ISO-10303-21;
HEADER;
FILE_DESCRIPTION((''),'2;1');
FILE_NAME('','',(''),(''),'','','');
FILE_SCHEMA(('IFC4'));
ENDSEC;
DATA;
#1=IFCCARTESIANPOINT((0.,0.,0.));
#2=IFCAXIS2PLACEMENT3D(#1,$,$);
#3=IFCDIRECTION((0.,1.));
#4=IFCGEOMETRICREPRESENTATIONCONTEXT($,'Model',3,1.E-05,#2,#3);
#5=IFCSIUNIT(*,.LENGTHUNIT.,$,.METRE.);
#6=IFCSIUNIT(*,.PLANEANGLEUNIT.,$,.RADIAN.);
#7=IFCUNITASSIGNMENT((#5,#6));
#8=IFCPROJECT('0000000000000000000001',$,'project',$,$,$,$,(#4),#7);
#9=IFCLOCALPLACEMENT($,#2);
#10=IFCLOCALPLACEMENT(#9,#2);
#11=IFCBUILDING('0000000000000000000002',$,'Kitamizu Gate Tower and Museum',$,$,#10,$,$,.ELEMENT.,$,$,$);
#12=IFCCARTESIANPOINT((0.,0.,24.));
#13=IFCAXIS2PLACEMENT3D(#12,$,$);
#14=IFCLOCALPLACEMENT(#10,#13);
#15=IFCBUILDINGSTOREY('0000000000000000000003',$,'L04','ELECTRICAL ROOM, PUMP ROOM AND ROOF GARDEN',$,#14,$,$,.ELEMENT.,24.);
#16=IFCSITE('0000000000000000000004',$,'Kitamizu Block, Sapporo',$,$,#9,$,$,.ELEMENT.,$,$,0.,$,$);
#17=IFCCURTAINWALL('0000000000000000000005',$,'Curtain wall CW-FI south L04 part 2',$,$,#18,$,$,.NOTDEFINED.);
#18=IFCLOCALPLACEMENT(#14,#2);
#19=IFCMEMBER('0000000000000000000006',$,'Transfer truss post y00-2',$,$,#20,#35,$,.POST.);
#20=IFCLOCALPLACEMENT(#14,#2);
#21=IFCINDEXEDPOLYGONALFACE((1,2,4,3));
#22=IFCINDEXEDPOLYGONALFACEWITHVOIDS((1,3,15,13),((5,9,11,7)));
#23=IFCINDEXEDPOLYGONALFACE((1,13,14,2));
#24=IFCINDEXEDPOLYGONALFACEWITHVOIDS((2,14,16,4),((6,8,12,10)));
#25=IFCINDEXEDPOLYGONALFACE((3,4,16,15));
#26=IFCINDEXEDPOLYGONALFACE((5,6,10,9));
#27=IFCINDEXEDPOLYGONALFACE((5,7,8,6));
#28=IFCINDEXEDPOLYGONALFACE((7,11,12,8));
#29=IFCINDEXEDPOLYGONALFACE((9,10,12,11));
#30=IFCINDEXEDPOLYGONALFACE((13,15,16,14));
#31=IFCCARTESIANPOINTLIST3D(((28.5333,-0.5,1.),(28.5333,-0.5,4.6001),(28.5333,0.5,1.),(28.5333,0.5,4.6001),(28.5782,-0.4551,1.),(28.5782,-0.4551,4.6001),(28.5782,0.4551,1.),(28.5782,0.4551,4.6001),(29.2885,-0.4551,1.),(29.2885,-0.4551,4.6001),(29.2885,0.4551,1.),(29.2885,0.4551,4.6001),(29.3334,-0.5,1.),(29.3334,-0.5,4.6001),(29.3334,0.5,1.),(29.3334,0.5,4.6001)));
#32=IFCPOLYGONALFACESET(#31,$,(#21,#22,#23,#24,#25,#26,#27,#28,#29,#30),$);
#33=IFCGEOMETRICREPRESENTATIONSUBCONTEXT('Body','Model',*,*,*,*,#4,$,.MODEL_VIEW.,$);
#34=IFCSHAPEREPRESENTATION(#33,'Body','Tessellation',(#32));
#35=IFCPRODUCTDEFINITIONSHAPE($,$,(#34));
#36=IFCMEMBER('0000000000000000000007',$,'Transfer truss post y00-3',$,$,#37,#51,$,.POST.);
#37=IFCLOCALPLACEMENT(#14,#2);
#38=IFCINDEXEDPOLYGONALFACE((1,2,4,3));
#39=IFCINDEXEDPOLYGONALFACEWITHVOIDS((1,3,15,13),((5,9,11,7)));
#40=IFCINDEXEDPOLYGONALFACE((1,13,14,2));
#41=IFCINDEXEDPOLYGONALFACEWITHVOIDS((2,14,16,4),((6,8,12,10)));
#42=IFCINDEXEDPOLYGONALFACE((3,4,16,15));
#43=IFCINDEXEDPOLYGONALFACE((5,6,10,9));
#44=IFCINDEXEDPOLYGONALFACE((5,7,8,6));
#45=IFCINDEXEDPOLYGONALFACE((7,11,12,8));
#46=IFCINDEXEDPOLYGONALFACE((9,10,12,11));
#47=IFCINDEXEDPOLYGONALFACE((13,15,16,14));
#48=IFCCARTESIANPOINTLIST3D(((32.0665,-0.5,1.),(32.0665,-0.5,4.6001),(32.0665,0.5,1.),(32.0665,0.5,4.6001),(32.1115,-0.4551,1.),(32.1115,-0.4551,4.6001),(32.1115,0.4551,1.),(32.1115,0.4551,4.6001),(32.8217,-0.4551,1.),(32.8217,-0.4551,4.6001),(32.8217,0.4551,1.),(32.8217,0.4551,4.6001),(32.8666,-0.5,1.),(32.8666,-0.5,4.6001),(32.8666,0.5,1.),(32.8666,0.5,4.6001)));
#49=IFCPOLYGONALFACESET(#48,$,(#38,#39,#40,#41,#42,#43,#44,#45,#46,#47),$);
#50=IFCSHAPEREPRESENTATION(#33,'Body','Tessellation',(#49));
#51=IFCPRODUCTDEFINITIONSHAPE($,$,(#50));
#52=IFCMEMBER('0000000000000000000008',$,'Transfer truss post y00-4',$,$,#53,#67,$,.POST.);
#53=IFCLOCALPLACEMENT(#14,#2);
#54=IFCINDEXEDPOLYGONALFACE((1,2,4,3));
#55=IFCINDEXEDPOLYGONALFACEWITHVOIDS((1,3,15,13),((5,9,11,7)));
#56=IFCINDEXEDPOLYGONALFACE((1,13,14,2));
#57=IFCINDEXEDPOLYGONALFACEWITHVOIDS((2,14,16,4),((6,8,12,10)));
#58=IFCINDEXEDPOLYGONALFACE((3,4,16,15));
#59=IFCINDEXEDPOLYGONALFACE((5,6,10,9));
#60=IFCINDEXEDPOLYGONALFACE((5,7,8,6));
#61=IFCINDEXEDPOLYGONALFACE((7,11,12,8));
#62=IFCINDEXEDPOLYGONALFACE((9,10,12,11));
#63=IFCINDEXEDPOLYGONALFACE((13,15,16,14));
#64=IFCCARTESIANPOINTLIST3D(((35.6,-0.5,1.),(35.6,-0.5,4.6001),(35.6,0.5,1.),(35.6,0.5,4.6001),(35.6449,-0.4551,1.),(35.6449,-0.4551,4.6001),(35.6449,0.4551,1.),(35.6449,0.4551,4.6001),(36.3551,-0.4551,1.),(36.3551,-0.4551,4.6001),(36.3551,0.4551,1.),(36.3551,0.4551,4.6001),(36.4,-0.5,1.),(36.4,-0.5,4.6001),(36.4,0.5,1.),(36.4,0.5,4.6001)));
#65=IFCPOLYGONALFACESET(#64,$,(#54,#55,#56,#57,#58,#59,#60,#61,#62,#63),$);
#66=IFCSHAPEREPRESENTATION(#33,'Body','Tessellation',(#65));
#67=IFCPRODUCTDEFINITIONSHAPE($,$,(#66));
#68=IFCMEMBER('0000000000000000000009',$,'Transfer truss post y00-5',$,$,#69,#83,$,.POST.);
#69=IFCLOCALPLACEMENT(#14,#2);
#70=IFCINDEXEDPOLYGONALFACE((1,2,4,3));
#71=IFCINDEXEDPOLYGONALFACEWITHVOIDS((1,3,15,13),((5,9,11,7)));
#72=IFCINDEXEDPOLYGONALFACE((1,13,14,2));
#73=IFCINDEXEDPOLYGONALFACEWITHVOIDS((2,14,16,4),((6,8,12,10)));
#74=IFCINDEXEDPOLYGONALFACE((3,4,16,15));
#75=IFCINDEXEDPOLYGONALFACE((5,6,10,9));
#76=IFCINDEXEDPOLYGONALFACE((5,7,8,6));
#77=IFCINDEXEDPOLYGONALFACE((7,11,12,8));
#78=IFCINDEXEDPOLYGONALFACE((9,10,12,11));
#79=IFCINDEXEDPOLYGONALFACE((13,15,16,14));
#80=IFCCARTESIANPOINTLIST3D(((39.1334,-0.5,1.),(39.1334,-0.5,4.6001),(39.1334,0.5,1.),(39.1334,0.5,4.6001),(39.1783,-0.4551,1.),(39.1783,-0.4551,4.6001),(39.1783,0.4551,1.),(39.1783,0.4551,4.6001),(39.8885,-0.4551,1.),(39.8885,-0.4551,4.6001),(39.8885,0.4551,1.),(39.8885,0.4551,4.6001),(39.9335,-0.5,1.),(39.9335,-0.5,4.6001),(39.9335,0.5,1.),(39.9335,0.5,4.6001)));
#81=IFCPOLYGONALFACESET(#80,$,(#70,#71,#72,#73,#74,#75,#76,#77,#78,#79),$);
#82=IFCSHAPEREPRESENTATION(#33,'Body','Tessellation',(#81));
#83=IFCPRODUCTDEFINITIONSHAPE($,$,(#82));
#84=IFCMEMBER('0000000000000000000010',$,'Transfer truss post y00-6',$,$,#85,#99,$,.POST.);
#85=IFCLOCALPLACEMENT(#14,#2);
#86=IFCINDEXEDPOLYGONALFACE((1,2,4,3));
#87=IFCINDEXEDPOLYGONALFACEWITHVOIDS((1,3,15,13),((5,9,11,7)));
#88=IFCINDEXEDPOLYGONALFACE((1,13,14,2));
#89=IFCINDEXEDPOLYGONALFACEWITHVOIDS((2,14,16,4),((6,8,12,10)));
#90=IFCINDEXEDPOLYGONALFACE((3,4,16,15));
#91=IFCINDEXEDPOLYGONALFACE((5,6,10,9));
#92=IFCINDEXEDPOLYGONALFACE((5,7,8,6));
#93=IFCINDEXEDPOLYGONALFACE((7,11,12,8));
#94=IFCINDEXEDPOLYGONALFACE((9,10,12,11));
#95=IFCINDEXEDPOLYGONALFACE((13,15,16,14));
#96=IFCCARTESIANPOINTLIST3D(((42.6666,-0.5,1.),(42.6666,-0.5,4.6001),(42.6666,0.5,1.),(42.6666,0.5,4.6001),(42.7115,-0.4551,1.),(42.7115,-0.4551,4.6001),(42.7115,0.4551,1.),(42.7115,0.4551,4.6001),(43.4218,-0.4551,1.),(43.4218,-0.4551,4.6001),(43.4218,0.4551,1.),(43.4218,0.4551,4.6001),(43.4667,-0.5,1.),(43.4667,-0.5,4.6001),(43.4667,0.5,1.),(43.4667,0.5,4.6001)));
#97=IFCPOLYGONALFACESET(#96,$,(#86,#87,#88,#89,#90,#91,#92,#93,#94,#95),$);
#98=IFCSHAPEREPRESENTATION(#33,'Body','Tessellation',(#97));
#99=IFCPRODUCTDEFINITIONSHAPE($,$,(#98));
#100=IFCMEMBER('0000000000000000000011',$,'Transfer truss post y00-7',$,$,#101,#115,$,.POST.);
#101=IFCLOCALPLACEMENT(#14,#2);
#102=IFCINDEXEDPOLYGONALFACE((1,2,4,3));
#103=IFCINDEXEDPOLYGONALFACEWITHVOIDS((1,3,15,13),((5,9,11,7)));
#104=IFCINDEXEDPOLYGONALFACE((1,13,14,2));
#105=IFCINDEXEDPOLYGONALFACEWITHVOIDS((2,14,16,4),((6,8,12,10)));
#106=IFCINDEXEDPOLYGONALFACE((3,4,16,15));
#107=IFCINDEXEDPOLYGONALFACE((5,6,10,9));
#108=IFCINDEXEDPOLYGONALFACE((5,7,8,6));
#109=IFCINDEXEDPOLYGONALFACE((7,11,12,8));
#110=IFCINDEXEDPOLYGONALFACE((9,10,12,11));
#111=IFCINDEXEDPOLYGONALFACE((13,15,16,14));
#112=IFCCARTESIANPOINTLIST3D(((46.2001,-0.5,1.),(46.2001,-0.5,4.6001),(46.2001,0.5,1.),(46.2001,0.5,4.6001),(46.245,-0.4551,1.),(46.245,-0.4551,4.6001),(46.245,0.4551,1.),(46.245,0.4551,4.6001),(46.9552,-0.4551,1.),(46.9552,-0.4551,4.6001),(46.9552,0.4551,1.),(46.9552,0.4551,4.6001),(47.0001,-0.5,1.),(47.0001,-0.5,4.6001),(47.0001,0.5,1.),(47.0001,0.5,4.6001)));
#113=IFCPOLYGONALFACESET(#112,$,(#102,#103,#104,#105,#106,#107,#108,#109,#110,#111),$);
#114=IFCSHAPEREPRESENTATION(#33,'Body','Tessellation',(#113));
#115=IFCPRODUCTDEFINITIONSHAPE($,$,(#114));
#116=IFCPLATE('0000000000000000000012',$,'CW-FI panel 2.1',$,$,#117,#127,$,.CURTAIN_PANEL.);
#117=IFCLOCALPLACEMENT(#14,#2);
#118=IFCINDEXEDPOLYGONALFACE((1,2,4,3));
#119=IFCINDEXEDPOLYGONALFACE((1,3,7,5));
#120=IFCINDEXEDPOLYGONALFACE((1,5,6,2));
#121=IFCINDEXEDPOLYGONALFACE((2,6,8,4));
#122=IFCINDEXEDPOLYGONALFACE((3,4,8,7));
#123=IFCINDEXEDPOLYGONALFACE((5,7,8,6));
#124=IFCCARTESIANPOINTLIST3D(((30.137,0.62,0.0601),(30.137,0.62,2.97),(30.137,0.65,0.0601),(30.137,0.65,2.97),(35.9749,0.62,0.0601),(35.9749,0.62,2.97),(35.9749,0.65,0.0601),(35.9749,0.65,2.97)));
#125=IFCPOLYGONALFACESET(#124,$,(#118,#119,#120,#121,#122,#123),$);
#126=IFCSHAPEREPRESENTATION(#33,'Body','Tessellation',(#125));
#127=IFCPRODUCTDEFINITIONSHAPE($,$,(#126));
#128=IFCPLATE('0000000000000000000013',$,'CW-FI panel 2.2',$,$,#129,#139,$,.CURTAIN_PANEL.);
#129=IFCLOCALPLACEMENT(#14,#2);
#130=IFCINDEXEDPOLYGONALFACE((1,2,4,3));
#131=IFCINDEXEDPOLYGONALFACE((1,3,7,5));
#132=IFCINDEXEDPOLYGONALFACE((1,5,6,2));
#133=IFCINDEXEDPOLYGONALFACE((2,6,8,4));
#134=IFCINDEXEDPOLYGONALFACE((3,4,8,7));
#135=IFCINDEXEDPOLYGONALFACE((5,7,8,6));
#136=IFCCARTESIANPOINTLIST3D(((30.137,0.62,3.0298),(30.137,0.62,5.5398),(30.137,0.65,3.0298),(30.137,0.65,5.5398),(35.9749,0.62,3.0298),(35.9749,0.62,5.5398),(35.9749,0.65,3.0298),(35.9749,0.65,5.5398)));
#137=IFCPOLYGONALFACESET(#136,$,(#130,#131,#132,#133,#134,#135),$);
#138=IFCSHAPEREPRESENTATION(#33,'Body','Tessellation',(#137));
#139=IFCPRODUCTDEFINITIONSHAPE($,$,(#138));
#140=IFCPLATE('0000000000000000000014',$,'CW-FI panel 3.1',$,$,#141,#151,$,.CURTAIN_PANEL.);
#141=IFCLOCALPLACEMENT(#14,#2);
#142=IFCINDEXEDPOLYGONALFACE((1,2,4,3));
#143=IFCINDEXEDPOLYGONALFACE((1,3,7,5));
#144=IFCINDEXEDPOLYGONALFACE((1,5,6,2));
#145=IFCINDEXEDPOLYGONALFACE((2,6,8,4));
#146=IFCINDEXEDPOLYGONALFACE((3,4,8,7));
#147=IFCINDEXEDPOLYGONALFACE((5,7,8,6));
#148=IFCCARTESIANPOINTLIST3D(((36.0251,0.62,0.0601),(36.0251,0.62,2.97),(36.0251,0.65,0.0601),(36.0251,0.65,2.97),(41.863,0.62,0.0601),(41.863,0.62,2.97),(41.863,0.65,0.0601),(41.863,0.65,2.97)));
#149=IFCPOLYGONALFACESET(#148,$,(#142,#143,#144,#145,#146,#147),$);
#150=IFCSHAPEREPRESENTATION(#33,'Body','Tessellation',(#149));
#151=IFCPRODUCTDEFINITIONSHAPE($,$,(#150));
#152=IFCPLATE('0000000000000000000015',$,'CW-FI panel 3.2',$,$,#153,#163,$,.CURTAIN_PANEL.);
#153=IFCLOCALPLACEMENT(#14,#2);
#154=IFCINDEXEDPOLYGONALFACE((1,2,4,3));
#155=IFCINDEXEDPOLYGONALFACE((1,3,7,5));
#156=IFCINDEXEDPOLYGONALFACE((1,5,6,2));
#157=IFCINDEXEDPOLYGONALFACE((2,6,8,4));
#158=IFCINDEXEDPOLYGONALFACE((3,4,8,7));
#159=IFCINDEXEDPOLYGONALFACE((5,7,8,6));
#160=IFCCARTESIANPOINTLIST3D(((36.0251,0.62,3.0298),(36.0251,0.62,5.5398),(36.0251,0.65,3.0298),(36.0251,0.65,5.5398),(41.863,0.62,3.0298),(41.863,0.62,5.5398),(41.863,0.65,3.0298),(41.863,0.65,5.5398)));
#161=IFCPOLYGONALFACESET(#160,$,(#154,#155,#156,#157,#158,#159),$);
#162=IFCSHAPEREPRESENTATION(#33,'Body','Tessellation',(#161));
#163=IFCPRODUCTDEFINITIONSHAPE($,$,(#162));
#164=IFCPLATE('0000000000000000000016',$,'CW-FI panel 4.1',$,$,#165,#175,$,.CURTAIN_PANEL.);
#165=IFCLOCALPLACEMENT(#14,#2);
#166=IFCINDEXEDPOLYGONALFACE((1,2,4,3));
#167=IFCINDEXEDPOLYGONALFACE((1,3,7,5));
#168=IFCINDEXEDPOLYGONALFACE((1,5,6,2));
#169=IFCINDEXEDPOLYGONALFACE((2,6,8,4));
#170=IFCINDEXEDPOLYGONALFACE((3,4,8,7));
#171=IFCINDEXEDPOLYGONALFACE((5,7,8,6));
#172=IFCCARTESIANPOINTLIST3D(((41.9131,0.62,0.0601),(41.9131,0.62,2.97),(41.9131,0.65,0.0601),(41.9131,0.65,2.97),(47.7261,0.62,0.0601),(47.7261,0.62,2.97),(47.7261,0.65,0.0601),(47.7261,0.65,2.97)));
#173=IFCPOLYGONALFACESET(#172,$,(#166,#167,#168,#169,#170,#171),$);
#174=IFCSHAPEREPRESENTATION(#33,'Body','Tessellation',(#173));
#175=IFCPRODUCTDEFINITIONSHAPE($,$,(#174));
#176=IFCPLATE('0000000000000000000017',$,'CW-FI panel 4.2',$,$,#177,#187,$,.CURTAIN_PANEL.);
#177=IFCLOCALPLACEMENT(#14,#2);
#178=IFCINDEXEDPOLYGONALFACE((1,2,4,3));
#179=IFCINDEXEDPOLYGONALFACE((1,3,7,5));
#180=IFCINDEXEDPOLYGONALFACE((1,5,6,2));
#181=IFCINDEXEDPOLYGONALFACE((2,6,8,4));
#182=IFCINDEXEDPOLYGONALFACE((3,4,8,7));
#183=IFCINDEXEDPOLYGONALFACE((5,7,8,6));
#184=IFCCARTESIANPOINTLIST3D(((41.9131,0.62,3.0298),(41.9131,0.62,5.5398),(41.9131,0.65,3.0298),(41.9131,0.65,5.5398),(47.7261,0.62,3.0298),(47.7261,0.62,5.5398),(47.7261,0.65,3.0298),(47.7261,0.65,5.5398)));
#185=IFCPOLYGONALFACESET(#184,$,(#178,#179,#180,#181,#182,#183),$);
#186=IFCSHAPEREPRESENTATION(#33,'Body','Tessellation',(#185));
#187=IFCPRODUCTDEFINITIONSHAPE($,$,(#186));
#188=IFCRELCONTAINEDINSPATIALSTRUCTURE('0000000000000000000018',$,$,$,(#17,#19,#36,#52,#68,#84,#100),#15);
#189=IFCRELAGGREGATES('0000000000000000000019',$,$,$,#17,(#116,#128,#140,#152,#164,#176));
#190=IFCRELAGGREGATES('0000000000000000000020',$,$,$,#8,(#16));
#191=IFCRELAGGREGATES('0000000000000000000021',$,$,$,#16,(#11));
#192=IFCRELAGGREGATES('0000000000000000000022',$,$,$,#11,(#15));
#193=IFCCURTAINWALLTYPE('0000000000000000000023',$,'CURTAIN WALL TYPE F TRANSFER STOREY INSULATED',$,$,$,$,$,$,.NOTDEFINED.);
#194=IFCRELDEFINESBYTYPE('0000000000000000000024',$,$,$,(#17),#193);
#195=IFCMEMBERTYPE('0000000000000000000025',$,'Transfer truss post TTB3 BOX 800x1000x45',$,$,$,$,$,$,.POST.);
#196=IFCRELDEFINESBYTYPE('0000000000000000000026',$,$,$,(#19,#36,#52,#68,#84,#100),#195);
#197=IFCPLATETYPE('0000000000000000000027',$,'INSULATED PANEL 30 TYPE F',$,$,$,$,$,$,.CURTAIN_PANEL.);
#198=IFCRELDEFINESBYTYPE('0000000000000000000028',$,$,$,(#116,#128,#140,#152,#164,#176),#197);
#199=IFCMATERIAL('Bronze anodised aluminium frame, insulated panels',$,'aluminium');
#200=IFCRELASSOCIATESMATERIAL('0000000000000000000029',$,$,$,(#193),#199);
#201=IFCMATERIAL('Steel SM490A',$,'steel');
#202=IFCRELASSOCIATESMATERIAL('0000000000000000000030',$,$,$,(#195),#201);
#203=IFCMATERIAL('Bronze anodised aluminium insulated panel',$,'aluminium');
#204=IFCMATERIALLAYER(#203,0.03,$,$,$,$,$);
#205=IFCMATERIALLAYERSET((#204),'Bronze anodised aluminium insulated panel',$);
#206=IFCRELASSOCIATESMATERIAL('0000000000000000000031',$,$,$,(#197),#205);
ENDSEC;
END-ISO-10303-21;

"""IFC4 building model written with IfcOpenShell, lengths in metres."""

from ifc_helpers import new_model, si_unit, direction, frame, origin, origin_2d, place, context, subcontext, project, spatial, rectangle, hollow_rectangle, extrude, material, layer, layer_set, material_profile, profile_set, type_object, element, aggregate, save


model = new_model("IFC4")

# Units and contexts
model_context = context("Model", 3, precision=1e-05, world=origin(), true_north=direction((0.0, 1.0)))
body_context = subcontext(model_context, "Body", "Model", "MODEL_VIEW")
ifc_project = project(units=[si_unit("LENGTHUNIT", "METRE"), si_unit("PLANEANGLEUNIT", "RADIAN")], contexts=[model_context])

# Site, building, storey
site_placement = place(None, origin())
site = spatial("IfcSite", under=ifc_project, at=site_placement, Name="Kitamizu Block, Sapporo", CompositionType="ELEMENT", RefElevation=0.0)
building_placement = place(site_placement, origin())
building = spatial("IfcBuilding", under=site, at=building_placement, Name="Kitamizu Gate Tower and Museum", CompositionType="ELEMENT")
storey_placement = place(building_placement, frame((0.0, 0.0, 24.0)))
storey = spatial("IfcBuildingStorey", under=building, at=storey_placement, Name="L04", Description="ELECTRICAL ROOM, PUMP ROOM AND ROOF GARDEN", CompositionType="ELEMENT", Elevation=24.0)

# Curtain wall
ifc_material_1 = material(Name="Bronze anodised aluminium frame, insulated panels", Category="aluminium")
curtain_wall_type_1 = type_object("IfcCurtainWallType", Name="CURTAIN WALL TYPE F TRANSFER STOREY INSULATED", PredefinedType="NOTDEFINED", material=ifc_material_1)
curtain_wall_1_placement = place(storey_placement, origin())
curtain_wall_1 = element("IfcCurtainWall", 1, at=curtain_wall_1_placement, inside=storey, type_object=curtain_wall_type_1, Name="Curtain wall CW-FI south L04 part 2", PredefinedType="NOTDEFINED")

# Members
ifc_material_2 = material(Name="Steel SM490A", Category="steel")
ifc_material_profile_1 = material_profile(ifc_material_2, hollow_rectangle(XDim=0.8, YDim=1.0, WallThickness=0.0449, at=origin_2d()), Name="BOX 800x1000x45")
ifc_profile_set_1 = profile_set([ifc_material_profile_1], Name="Steel SM490A")
member_type_1 = type_object("IfcMemberType", Name="Transfer truss post TTB3 BOX 800x1000x45", PredefinedType="POST", material=ifc_profile_set_1)
for number, where, z_axis, x_axis, name in (
    (2, (28.9333, 0.0, 1.0), (0.0, 0.0, 1.0), (1.0, 0.0, 0.0), "Transfer truss post y00-2"),
    (3, (32.4666, 0.0, 1.0), (0.0, 0.0, 1.0), (1.0, 0.0, 0.0), "Transfer truss post y00-3"),
    (4, (36.0, 0.0, 1.0), (0.0, 0.0, 1.0), (1.0, 0.0, 0.0), "Transfer truss post y00-4"),
    (5, (39.5334, 0.0, 1.0), (0.0, 0.0, 1.0), (1.0, 0.0, 0.0), "Transfer truss post y00-5"),
    (6, (43.0667, 0.0, 1.0), (0.0, 0.0, 1.0), (1.0, 0.0, 0.0), "Transfer truss post y00-6"),
    (7, (46.6001, 0.0, 1.0), (0.0, 0.0, 1.0), (1.0, 0.0, 0.0), "Transfer truss post y00-7"),
):
    element("IfcMember", number, at=place(storey_placement, frame(where, z_axis=z_axis, x_axis=x_axis)), inside=storey, type_object=member_type_1, Name=name, PredefinedType="POST", context=body_context, shape_type="SweptSolid", body=[
        extrude(hollow_rectangle(XDim=0.8, YDim=1.0, WallThickness=0.0449, at=origin_2d()), origin(), (0.0, 0.0, 1.0), 3.6001),
    ])

# Plates
ifc_material_3 = material(Name="Bronze anodised aluminium insulated panel", Category="aluminium")
ifc_layer = layer(ifc_material_3, 0.03)
ifc_layer_set = layer_set([ifc_layer], Name="Bronze anodised aluminium insulated panel")
plate_type = type_object("IfcPlateType", Name="INSULATED PANEL 30 TYPE F", PredefinedType="CURTAIN_PANEL", material=ifc_layer_set)
plate_1_placement = place(storey_placement, frame((33.0559, 0.635, 0.0601), z_axis=(0.0, 0.0, 1.0), x_axis=(1.0, 0.0, 0.0)))
plate_1 = element("IfcPlate", 8, at=plate_1_placement, type_object=plate_type, Name="CW-FI panel 2.1", PredefinedType="CURTAIN_PANEL", context=body_context, shape_type="SweptSolid", body=[
    extrude(rectangle(XDim=5.8379, YDim=0.03, at=origin_2d()), origin(), (0.0, 0.0, 1.0), 2.9099),
])
plate_2_placement = place(storey_placement, frame((33.0559, 0.635, 3.0298), z_axis=(0.0, 0.0, 1.0), x_axis=(1.0, 0.0, 0.0)))
plate_2 = element("IfcPlate", 9, at=plate_2_placement, type_object=plate_type, Name="CW-FI panel 2.2", PredefinedType="CURTAIN_PANEL", context=body_context, shape_type="SweptSolid", body=[
    extrude(rectangle(XDim=5.8379, YDim=0.03, at=origin_2d()), origin(), (0.0, 0.0, 1.0), 2.51),
])
plate_3_placement = place(storey_placement, frame((38.9441, 0.635, 0.0601), z_axis=(0.0, 0.0, 1.0), x_axis=(1.0, 0.0, 0.0)))
plate_3 = element("IfcPlate", 10, at=plate_3_placement, type_object=plate_type, Name="CW-FI panel 3.1", PredefinedType="CURTAIN_PANEL", context=body_context, shape_type="SweptSolid", body=[
    extrude(rectangle(XDim=5.8379, YDim=0.03, at=origin_2d()), origin(), (0.0, 0.0, 1.0), 2.9099),
])
plate_4_placement = place(storey_placement, frame((38.9441, 0.635, 3.0298), z_axis=(0.0, 0.0, 1.0), x_axis=(1.0, 0.0, 0.0)))
plate_4 = element("IfcPlate", 11, at=plate_4_placement, type_object=plate_type, Name="CW-FI panel 3.2", PredefinedType="CURTAIN_PANEL", context=body_context, shape_type="SweptSolid", body=[
    extrude(rectangle(XDim=5.8379, YDim=0.03, at=origin_2d()), origin(), (0.0, 0.0, 1.0), 2.51),
])
plate_5_placement = place(storey_placement, frame((44.8196, 0.635, 0.0601), z_axis=(0.0, 0.0, 1.0), x_axis=(1.0, 0.0, 0.0)))
plate_5 = element("IfcPlate", 12, at=plate_5_placement, type_object=plate_type, Name="CW-FI panel 4.1", PredefinedType="CURTAIN_PANEL", context=body_context, shape_type="SweptSolid", body=[
    extrude(rectangle(XDim=5.813, YDim=0.03, at=origin_2d()), origin(), (0.0, 0.0, 1.0), 2.9099),
])
plate_6_placement = place(storey_placement, frame((44.8196, 0.635, 3.0298), z_axis=(0.0, 0.0, 1.0), x_axis=(1.0, 0.0, 0.0)))
plate_6 = element("IfcPlate", 13, at=plate_6_placement, type_object=plate_type, Name="CW-FI panel 4.2", PredefinedType="CURTAIN_PANEL", context=body_context, shape_type="SweptSolid", body=[
    extrude(rectangle(XDim=5.813, YDim=0.03, at=origin_2d()), origin(), (0.0, 0.0, 1.0), 2.51),
])
aggregate(curtain_wall_1, [plate_1, plate_2, plate_3, plate_4, plate_5, plate_6])

save(model, "model.ifc")
